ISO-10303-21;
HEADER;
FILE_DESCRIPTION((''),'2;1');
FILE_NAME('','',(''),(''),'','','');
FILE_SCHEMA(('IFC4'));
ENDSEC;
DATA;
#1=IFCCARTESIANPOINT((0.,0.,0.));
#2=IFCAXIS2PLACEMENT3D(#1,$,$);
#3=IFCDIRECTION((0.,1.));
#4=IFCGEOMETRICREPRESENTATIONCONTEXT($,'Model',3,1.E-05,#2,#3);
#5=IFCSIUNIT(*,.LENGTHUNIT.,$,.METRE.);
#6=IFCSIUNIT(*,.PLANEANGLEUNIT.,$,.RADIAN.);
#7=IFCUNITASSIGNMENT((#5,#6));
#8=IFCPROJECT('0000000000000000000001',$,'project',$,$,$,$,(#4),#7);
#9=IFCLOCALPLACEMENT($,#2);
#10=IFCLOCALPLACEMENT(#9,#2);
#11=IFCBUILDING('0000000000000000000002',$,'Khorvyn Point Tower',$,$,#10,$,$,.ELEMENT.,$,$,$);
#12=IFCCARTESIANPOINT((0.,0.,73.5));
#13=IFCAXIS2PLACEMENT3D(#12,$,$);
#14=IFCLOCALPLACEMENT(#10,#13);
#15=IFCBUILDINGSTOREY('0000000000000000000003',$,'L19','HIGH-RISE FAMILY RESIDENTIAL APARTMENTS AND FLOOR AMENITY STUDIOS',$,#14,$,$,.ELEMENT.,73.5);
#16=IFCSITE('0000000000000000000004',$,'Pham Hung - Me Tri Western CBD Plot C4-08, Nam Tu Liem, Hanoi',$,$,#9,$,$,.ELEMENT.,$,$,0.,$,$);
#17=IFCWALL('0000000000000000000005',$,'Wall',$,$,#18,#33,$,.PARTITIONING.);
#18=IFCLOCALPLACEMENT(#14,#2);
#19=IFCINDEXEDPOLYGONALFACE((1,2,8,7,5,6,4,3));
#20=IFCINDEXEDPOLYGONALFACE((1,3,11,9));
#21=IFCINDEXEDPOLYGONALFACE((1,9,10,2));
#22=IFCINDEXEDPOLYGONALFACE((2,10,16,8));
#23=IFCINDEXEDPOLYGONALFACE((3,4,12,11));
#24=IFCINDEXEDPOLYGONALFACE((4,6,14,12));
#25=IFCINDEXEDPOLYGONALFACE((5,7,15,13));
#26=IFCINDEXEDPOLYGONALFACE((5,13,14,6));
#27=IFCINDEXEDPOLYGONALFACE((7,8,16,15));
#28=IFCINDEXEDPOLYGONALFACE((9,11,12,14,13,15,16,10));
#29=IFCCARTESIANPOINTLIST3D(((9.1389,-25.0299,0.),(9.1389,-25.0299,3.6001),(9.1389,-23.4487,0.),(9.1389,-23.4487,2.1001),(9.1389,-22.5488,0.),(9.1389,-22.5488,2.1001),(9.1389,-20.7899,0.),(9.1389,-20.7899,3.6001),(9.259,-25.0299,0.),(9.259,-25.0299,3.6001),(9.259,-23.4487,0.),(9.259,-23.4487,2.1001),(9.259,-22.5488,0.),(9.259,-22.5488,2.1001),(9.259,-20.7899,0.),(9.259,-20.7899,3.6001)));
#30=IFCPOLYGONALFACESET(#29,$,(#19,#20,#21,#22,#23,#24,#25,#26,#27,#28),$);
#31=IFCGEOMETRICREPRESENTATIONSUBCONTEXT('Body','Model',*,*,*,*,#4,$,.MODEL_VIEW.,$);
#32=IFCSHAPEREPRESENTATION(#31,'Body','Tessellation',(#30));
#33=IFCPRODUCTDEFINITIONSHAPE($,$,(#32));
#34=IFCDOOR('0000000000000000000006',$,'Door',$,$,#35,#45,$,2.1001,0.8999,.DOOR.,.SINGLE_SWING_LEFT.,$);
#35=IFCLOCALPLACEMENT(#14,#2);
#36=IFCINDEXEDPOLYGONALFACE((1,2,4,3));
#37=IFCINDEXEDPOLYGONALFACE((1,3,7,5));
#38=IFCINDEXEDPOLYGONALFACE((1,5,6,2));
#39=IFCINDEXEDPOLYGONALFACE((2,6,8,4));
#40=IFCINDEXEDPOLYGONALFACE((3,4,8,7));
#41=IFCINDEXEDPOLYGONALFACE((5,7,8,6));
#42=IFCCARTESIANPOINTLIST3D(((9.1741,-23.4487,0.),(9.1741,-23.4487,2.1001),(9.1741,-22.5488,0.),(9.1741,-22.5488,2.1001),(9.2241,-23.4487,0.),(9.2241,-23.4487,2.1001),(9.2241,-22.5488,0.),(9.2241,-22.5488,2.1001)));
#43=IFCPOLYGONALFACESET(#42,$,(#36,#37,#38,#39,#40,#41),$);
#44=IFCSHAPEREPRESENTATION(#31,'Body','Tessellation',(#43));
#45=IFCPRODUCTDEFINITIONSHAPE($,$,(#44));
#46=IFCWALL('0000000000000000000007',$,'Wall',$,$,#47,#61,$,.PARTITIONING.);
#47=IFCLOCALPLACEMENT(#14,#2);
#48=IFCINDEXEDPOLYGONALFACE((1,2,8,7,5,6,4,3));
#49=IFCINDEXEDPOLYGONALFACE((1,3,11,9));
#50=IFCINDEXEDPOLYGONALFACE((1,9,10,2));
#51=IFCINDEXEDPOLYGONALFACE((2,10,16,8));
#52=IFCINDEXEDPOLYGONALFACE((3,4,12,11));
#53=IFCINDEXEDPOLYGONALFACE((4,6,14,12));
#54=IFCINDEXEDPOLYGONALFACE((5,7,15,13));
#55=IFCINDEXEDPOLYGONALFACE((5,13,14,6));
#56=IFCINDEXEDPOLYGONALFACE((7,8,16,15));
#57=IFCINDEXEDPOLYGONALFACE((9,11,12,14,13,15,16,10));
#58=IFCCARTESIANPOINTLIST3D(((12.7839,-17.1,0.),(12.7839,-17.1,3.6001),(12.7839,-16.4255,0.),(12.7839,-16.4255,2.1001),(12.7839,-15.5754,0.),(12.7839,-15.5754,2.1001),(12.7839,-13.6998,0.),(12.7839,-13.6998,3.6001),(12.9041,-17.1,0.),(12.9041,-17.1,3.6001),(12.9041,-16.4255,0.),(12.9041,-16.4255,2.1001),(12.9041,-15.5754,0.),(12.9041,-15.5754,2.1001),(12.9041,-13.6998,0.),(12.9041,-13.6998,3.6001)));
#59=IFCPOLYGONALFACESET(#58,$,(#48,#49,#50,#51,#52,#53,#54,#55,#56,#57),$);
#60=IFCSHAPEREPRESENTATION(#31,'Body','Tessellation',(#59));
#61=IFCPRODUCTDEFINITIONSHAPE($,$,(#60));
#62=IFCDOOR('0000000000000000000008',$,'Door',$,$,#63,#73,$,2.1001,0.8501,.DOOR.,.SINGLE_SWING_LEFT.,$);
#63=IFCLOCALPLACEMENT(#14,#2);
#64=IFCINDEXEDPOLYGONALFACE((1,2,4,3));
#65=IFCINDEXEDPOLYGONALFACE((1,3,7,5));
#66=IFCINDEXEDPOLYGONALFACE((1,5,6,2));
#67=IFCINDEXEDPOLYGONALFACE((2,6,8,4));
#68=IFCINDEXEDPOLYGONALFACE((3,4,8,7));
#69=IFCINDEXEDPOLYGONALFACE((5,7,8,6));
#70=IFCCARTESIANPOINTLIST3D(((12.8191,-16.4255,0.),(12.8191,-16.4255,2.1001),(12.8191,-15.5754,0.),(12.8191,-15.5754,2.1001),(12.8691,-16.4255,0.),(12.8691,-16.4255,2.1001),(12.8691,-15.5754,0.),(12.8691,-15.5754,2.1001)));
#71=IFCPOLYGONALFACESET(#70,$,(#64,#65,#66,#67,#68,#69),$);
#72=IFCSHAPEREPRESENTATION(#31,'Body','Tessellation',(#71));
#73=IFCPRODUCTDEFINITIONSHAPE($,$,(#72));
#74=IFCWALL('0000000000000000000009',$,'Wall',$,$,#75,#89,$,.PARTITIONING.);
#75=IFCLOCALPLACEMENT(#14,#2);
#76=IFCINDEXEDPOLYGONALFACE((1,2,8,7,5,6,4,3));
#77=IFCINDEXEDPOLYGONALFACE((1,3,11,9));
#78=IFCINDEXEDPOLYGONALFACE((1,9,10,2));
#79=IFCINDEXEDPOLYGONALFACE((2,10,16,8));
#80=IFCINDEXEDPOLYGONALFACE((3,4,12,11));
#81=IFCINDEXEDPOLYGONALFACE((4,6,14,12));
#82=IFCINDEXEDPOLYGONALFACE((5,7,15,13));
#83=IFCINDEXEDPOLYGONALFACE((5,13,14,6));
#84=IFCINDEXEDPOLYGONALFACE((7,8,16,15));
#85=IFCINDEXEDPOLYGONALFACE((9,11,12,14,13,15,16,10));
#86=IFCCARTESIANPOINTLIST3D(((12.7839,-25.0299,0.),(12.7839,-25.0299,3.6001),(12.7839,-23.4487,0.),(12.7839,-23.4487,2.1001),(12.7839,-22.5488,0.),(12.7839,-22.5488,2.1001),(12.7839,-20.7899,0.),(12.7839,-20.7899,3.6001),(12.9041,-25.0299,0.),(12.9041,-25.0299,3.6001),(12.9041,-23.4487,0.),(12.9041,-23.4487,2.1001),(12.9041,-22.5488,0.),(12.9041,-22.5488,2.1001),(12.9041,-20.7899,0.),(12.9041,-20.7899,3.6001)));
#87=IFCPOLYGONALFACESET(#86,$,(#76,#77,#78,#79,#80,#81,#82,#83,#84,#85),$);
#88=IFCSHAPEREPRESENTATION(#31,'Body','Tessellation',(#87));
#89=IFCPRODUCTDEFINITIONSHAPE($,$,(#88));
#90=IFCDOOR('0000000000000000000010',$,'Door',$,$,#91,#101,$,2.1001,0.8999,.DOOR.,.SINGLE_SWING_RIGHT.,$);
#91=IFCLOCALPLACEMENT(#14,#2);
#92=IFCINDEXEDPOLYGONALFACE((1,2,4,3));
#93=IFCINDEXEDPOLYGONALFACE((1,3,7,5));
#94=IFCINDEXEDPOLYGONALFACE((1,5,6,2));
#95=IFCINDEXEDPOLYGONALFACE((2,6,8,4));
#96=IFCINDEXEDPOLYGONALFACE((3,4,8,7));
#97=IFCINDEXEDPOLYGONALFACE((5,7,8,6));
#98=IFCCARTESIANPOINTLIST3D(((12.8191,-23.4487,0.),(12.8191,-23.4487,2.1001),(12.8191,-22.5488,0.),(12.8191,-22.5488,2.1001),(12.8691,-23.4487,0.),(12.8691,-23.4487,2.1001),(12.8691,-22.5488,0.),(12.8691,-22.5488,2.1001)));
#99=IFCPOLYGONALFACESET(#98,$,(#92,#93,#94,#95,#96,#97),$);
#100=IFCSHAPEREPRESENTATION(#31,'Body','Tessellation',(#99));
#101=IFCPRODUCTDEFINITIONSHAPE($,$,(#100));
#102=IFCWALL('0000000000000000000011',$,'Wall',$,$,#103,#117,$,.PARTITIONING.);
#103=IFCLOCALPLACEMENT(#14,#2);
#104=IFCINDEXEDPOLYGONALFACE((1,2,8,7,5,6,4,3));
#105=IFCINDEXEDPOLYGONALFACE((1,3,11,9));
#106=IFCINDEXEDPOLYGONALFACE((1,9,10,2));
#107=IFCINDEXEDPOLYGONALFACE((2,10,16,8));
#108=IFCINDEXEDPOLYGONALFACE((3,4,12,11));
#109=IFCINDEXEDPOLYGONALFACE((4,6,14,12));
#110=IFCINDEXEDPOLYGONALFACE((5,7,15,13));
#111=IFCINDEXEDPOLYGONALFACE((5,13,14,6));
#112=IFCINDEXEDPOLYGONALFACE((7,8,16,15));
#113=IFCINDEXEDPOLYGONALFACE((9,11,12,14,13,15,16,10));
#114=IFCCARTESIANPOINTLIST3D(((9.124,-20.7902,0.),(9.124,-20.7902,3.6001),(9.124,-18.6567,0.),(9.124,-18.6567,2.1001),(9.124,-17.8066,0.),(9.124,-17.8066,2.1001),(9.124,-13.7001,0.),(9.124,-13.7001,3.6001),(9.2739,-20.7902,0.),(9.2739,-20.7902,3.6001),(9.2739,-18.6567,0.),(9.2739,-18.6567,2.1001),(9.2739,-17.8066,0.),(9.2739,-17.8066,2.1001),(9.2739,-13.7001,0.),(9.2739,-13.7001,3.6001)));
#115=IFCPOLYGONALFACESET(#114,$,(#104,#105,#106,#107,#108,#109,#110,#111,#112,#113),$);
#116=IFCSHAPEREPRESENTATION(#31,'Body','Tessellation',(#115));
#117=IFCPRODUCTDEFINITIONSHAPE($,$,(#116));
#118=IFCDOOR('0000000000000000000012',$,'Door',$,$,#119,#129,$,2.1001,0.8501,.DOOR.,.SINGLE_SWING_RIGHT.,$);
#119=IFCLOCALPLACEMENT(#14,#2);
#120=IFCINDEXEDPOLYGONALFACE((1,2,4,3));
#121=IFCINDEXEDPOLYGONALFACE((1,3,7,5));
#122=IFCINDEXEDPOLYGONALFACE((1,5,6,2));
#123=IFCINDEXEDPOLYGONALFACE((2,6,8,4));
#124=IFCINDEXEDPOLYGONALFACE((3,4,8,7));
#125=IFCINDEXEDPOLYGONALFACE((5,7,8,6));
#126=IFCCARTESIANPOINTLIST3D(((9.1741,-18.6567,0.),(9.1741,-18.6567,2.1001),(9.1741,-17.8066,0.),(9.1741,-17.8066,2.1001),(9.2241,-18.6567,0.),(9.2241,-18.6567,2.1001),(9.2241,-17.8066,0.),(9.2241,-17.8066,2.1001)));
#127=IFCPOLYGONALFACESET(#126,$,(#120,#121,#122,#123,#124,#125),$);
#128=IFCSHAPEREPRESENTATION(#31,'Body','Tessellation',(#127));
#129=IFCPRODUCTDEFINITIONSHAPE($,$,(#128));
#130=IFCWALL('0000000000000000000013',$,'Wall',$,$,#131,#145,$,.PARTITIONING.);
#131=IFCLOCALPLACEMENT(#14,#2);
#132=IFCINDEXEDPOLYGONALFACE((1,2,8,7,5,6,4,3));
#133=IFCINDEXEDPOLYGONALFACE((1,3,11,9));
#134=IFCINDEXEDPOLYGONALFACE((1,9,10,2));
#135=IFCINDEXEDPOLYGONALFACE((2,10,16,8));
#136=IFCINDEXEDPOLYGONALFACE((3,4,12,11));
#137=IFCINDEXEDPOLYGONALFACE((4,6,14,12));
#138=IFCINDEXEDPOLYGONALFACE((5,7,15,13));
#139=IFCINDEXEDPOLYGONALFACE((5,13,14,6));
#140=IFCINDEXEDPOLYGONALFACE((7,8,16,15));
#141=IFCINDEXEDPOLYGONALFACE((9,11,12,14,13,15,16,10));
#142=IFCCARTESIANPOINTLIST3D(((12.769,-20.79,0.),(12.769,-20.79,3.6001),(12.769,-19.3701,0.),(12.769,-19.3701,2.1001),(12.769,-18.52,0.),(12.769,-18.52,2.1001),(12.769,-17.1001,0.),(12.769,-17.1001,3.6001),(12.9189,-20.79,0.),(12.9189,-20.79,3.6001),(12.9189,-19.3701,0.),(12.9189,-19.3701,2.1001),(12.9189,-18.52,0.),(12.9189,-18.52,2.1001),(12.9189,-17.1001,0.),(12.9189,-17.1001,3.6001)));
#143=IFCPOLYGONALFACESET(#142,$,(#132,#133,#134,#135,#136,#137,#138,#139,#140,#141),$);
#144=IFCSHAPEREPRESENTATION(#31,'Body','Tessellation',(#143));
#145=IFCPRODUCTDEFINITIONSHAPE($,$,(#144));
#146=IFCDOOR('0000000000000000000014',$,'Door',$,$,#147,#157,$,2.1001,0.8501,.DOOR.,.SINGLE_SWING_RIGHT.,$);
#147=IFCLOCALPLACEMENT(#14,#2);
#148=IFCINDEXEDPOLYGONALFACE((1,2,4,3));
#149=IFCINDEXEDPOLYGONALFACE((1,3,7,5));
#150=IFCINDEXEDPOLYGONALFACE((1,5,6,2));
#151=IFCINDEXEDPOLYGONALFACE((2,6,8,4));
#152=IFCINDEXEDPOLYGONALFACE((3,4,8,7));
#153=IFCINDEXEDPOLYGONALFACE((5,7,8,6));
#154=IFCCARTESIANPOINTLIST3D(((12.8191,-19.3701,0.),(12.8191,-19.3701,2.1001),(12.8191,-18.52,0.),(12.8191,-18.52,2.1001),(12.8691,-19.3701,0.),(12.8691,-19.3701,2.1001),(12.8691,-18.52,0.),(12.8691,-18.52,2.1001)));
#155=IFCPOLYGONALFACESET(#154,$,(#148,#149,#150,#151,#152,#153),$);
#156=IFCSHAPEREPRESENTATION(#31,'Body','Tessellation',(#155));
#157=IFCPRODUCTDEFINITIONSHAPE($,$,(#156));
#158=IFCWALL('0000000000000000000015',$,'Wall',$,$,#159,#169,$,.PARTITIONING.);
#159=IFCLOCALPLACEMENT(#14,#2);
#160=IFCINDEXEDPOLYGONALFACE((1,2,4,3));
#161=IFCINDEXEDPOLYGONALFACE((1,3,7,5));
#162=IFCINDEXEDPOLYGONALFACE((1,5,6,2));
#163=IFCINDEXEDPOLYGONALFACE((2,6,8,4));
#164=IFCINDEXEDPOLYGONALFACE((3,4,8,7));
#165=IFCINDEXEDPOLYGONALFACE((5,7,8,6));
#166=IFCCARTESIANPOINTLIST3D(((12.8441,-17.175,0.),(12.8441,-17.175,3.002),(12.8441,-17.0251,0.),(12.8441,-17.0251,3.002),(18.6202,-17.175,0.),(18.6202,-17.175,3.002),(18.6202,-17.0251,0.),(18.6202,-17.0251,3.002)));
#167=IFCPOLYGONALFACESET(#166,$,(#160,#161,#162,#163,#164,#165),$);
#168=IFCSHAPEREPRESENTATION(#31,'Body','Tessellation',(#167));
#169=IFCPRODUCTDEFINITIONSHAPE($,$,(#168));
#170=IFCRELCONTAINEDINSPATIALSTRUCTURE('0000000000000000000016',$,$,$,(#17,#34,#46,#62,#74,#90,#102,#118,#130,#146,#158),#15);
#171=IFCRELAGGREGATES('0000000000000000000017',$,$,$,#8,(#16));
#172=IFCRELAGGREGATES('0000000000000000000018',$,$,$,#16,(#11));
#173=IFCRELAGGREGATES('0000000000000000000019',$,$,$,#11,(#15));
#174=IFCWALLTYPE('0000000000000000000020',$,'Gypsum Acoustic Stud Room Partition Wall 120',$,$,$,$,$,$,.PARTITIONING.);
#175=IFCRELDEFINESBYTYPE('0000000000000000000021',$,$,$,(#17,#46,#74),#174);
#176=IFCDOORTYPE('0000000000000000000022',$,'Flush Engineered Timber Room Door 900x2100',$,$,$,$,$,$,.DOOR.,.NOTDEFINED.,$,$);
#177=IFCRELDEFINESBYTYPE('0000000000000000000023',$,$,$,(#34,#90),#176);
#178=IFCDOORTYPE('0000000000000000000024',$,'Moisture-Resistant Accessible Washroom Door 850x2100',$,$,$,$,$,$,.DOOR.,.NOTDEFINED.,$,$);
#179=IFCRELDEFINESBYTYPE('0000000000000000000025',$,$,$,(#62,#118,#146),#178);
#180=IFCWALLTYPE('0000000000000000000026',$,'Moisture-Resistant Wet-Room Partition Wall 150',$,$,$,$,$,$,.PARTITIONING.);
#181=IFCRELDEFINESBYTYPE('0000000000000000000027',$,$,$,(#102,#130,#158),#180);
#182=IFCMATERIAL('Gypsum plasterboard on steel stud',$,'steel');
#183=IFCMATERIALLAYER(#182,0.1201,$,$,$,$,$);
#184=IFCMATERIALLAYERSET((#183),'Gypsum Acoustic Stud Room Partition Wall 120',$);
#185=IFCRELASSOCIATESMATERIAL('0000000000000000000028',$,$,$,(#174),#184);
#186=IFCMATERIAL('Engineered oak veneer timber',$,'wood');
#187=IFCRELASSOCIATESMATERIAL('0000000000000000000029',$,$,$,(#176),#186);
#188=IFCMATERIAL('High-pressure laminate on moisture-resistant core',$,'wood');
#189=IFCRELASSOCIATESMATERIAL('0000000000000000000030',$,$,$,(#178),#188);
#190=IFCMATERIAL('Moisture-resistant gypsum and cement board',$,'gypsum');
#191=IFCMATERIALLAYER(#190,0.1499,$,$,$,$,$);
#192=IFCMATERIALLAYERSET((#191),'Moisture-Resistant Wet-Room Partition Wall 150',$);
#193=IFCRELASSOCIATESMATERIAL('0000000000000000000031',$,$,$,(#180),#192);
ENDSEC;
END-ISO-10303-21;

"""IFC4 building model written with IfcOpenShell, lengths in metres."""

from ifc_helpers import new_model, si_unit, direction, frame, frame_2d, origin, place, context, subcontext, project, spatial, rectangle, extrude, material, layer, layer_set, type_object, element, fill, save


model = new_model("IFC4")

# Units and contexts
model_context = context("Model", 3, precision=1e-05, world=origin(), true_north=direction((0.0, 1.0)))
body_context = subcontext(model_context, "Body", "Model", "MODEL_VIEW")
ifc_project = project(units=[si_unit("LENGTHUNIT", "METRE"), si_unit("PLANEANGLEUNIT", "RADIAN")], contexts=[model_context])

# Site, building, storey
site_placement = place(None, origin())
site = spatial("IfcSite", under=ifc_project, at=site_placement, Name="Pham Hung - Me Tri Western CBD Plot C4-08, Nam Tu Liem, Hanoi", CompositionType="ELEMENT", RefElevation=0.0)
building_placement = place(site_placement, origin())
building = spatial("IfcBuilding", under=site, at=building_placement, Name="Khorvyn Point Tower", CompositionType="ELEMENT")
storey_placement = place(building_placement, frame((0.0, 0.0, 73.5)))
storey = spatial("IfcBuildingStorey", under=building, at=storey_placement, Name="L19", Description="HIGH-RISE FAMILY RESIDENTIAL APARTMENTS AND FLOOR AMENITY STUDIOS", CompositionType="ELEMENT", Elevation=73.5)

# Walls, openings, doors
ifc_material_1 = material(Name="Gypsum plasterboard on steel stud", Category="steel")
ifc_layer_1 = layer(ifc_material_1, 0.1201)
ifc_layer_set_1 = layer_set([ifc_layer_1], Name="Gypsum Acoustic Stud Room Partition Wall 120")
wall_type_1 = type_object("IfcWallType", Name="Gypsum Acoustic Stud Room Partition Wall 120", PredefinedType="PARTITIONING", material=ifc_layer_set_1)
wall_1_placement = place(storey_placement, frame((9.199, -25.03, 0.0), z_axis=(0.0, 0.0, 1.0), x_axis=(0.0, 1.0, 0.0)))
wall_1 = element("IfcWall", 1, at=wall_1_placement, inside=storey, type_object=wall_type_1, Name="Wall", PredefinedType="PARTITIONING", context=body_context, shape_type="SweptSolid", body=[
    extrude(rectangle(XDim=4.24, YDim=0.1201, at=frame_2d((2.1201, 0.0))), origin(), (0.0, 0.0, 1.0), 3.6001),
])
opening_1_placement = place(wall_1_placement, frame((1.5813, 0.0, 0.0)))
opening_1 = element("IfcOpeningElement", 2, at=opening_1_placement, cuts=wall_1, PredefinedType="OPENING", context=body_context, shape_type="SweptSolid", body=[
    extrude(rectangle(XDim=0.8999, YDim=2.1001, at=frame_2d((0.45, 1.05))), frame((0.0, 0.0701, 0.0), z_axis=(0.0, -1.0, 0.0), x_axis=(1.0, 0.0, 0.0)), (0.0, 0.0, 1.0), 0.1401),
])
ifc_material_2 = material(Name="Engineered oak veneer timber", Category="wood")
door_type_1 = type_object("IfcDoorType", Name="Flush Engineered Timber Room Door 900x2100", OperationType="NOTDEFINED", PredefinedType="DOOR", material=ifc_material_2)
door_1_placement = place(opening_1_placement, origin())
door_1 = element("IfcDoor", 3, at=door_1_placement, inside=storey, type_object=door_type_1, Name="Door", OperationType="SINGLE_SWING_LEFT", OverallHeight=2.1001, OverallWidth=0.8999, PredefinedType="DOOR", context=body_context, shape_type="SweptSolid", body=[
    extrude(rectangle(XDim=0.8999, YDim=2.1001, at=frame_2d((0.45, 1.05))), frame((0.0, 0.0249, 0.0), z_axis=(0.0, -1.0, 0.0), x_axis=(1.0, 0.0, 0.0)), (0.0, 0.0, 1.0), 0.05),
])
fill(opening_1, door_1)
wall_2_placement = place(storey_placement, frame((12.844, -17.1001, 0.0), z_axis=(0.0, 0.0, 1.0), x_axis=(0.0, 1.0, 0.0)))
wall_2 = element("IfcWall", 4, at=wall_2_placement, inside=storey, type_object=wall_type_1, Name="Wall", PredefinedType="PARTITIONING", context=body_context, shape_type="SweptSolid", body=[
    extrude(rectangle(XDim=3.4001, YDim=0.1201, at=frame_2d((1.7002, 0.0))), origin(), (0.0, 0.0, 1.0), 3.6001),
])
opening_2_placement = place(wall_2_placement, frame((0.6746, 0.0, 0.0)))
opening_2 = element("IfcOpeningElement", 5, at=opening_2_placement, cuts=wall_2, PredefinedType="OPENING", context=body_context, shape_type="SweptSolid", body=[
    extrude(rectangle(XDim=0.8501, YDim=2.1001, at=frame_2d((0.425, 1.05))), frame((0.0, 0.0701, 0.0), z_axis=(0.0, -1.0, 0.0), x_axis=(1.0, 0.0, 0.0)), (0.0, 0.0, 1.0), 0.1401),
])
ifc_material_3 = material(Name="High-pressure laminate on moisture-resistant core", Category="wood")
door_type_2 = type_object("IfcDoorType", Name="Moisture-Resistant Accessible Washroom Door 850x2100", OperationType="NOTDEFINED", PredefinedType="DOOR", material=ifc_material_3)
door_2_placement = place(opening_2_placement, origin())
door_2 = element("IfcDoor", 6, at=door_2_placement, inside=storey, type_object=door_type_2, Name="Door", OperationType="SINGLE_SWING_LEFT", OverallHeight=2.1001, OverallWidth=0.8501, PredefinedType="DOOR", context=body_context, shape_type="SweptSolid", body=[
    extrude(rectangle(XDim=0.8501, YDim=2.1001, at=frame_2d((0.425, 1.05))), frame((0.0, 0.0249, 0.0), z_axis=(0.0, -1.0, 0.0), x_axis=(1.0, 0.0, 0.0)), (0.0, 0.0, 1.0), 0.05),
])
fill(opening_2, door_2)
wall_3_placement = place(storey_placement, frame((12.844, -25.03, 0.0), z_axis=(0.0, 0.0, 1.0), x_axis=(0.0, 1.0, 0.0)))
wall_3 = element("IfcWall", 7, at=wall_3_placement, inside=storey, type_object=wall_type_1, Name="Wall", PredefinedType="PARTITIONING", context=body_context, shape_type="SweptSolid", body=[
    extrude(rectangle(XDim=4.24, YDim=0.1201, at=frame_2d((2.1201, 0.0))), origin(), (0.0, 0.0, 1.0), 3.6001),
])
opening_3_placement = place(wall_3_placement, frame((1.5813, 0.0, 0.0)))
opening_3 = element("IfcOpeningElement", 8, at=opening_3_placement, cuts=wall_3, PredefinedType="OPENING", context=body_context, shape_type="SweptSolid", body=[
    extrude(rectangle(XDim=0.8999, YDim=2.1001, at=frame_2d((0.45, 1.05))), frame((0.0, 0.0701, 0.0), z_axis=(0.0, -1.0, 0.0), x_axis=(1.0, 0.0, 0.0)), (0.0, 0.0, 1.0), 0.1401),
])
door_3_placement = place(opening_3_placement, origin())
door_3 = element("IfcDoor", 9, at=door_3_placement, inside=storey, type_object=door_type_1, Name="Door", OperationType="SINGLE_SWING_RIGHT", OverallHeight=2.1001, OverallWidth=0.8999, PredefinedType="DOOR", context=body_context, shape_type="SweptSolid", body=[
    extrude(rectangle(XDim=0.8999, YDim=2.1001, at=frame_2d((0.45, 1.05))), frame((0.0, 0.0249, 0.0), z_axis=(0.0, -1.0, 0.0), x_axis=(1.0, 0.0, 0.0)), (0.0, 0.0, 1.0), 0.05),
])
fill(opening_3, door_3)
ifc_material_4 = material(Name="Moisture-resistant gypsum and cement board", Category="gypsum")
ifc_layer_2 = layer(ifc_material_4, 0.1499)
ifc_layer_set_2 = layer_set([ifc_layer_2], Name="Moisture-Resistant Wet-Room Partition Wall 150")
wall_type_2 = type_object("IfcWallType", Name="Moisture-Resistant Wet-Room Partition Wall 150", PredefinedType="PARTITIONING", material=ifc_layer_set_2)
wall_4_placement = place(storey_placement, frame((9.199, -20.79, 0.0), z_axis=(0.0, 0.0, 1.0), x_axis=(0.0, 1.0, 0.0)))
wall_4 = element("IfcWall", 10, at=wall_4_placement, inside=storey, type_object=wall_type_2, Name="Wall", PredefinedType="PARTITIONING", context=body_context, shape_type="SweptSolid", body=[
    extrude(rectangle(XDim=7.0901, YDim=0.1499, at=frame_2d((3.5449, 0.0))), origin(), (0.0, 0.0, 1.0), 3.6001),
])
opening_4_placement = place(wall_4_placement, frame((2.1333, 0.0, 0.0)))
opening_4 = element("IfcOpeningElement", 11, at=opening_4_placement, cuts=wall_4, PredefinedType="OPENING", context=body_context, shape_type="SweptSolid", body=[
    extrude(rectangle(XDim=0.8501, YDim=2.1001, at=frame_2d((0.425, 1.05))), frame((0.0, 0.085, 0.0), z_axis=(0.0, -1.0, 0.0), x_axis=(1.0, 0.0, 0.0)), (0.0, 0.0, 1.0), 0.1699),
])
door_4_placement = place(opening_4_placement, origin())
door_4 = element("IfcDoor", 12, at=door_4_placement, inside=storey, type_object=door_type_2, Name="Door", OperationType="SINGLE_SWING_RIGHT", OverallHeight=2.1001, OverallWidth=0.8501, PredefinedType="DOOR", context=body_context, shape_type="SweptSolid", body=[
    extrude(rectangle(XDim=0.8501, YDim=2.1001, at=frame_2d((0.425, 1.05))), frame((0.0, 0.0249, 0.0), z_axis=(0.0, -1.0, 0.0), x_axis=(1.0, 0.0, 0.0)), (0.0, 0.0, 1.0), 0.05),
])
fill(opening_4, door_4)
wall_5_placement = place(storey_placement, frame((12.844, -20.79, 0.0), z_axis=(0.0, 0.0, 1.0), x_axis=(0.0, 1.0, 0.0)))
wall_5 = element("IfcWall", 13, at=wall_5_placement, inside=storey, type_object=wall_type_2, Name="Wall", PredefinedType="PARTITIONING", context=body_context, shape_type="SweptSolid", body=[
    extrude(rectangle(XDim=3.6899, YDim=0.1499, at=frame_2d((1.845, 0.0))), origin(), (0.0, 0.0, 1.0), 3.6001),
])
opening_5_placement = place(wall_5_placement, frame((1.4199, 0.0, 0.0)))
opening_5 = element("IfcOpeningElement", 14, at=opening_5_placement, cuts=wall_5, PredefinedType="OPENING", context=body_context, shape_type="SweptSolid", body=[
    extrude(rectangle(XDim=0.8501, YDim=2.1001, at=frame_2d((0.425, 1.05))), frame((0.0, 0.085, 0.0), z_axis=(0.0, -1.0, 0.0), x_axis=(1.0, 0.0, 0.0)), (0.0, 0.0, 1.0), 0.1699),
])
door_5_placement = place(opening_5_placement, origin())
door_5 = element("IfcDoor", 15, at=door_5_placement, inside=storey, type_object=door_type_2, Name="Door", OperationType="SINGLE_SWING_RIGHT", OverallHeight=2.1001, OverallWidth=0.8501, PredefinedType="DOOR", context=body_context, shape_type="SweptSolid", body=[
    extrude(rectangle(XDim=0.8501, YDim=2.1001, at=frame_2d((0.425, 1.05))), frame((0.0, 0.0249, 0.0), z_axis=(0.0, -1.0, 0.0), x_axis=(1.0, 0.0, 0.0)), (0.0, 0.0, 1.0), 0.05),
])
fill(opening_5, door_5)

# Wall
wall_6_placement = place(storey_placement, frame((12.844, -17.1001, 0.0), z_axis=(0.0, 0.0, 1.0), x_axis=(1.0, 0.0, 0.0)))
element("IfcWall", 16, at=wall_6_placement, inside=storey, type_object=wall_type_2, Name="Wall", PredefinedType="PARTITIONING", context=body_context, shape_type="SweptSolid", body=[
    extrude(rectangle(XDim=5.7761, YDim=0.1499, at=frame_2d((2.8882, 0.0))), origin(), (0.0, 0.0, 1.0), 3.002),
])

save(model, "model.ifc")
